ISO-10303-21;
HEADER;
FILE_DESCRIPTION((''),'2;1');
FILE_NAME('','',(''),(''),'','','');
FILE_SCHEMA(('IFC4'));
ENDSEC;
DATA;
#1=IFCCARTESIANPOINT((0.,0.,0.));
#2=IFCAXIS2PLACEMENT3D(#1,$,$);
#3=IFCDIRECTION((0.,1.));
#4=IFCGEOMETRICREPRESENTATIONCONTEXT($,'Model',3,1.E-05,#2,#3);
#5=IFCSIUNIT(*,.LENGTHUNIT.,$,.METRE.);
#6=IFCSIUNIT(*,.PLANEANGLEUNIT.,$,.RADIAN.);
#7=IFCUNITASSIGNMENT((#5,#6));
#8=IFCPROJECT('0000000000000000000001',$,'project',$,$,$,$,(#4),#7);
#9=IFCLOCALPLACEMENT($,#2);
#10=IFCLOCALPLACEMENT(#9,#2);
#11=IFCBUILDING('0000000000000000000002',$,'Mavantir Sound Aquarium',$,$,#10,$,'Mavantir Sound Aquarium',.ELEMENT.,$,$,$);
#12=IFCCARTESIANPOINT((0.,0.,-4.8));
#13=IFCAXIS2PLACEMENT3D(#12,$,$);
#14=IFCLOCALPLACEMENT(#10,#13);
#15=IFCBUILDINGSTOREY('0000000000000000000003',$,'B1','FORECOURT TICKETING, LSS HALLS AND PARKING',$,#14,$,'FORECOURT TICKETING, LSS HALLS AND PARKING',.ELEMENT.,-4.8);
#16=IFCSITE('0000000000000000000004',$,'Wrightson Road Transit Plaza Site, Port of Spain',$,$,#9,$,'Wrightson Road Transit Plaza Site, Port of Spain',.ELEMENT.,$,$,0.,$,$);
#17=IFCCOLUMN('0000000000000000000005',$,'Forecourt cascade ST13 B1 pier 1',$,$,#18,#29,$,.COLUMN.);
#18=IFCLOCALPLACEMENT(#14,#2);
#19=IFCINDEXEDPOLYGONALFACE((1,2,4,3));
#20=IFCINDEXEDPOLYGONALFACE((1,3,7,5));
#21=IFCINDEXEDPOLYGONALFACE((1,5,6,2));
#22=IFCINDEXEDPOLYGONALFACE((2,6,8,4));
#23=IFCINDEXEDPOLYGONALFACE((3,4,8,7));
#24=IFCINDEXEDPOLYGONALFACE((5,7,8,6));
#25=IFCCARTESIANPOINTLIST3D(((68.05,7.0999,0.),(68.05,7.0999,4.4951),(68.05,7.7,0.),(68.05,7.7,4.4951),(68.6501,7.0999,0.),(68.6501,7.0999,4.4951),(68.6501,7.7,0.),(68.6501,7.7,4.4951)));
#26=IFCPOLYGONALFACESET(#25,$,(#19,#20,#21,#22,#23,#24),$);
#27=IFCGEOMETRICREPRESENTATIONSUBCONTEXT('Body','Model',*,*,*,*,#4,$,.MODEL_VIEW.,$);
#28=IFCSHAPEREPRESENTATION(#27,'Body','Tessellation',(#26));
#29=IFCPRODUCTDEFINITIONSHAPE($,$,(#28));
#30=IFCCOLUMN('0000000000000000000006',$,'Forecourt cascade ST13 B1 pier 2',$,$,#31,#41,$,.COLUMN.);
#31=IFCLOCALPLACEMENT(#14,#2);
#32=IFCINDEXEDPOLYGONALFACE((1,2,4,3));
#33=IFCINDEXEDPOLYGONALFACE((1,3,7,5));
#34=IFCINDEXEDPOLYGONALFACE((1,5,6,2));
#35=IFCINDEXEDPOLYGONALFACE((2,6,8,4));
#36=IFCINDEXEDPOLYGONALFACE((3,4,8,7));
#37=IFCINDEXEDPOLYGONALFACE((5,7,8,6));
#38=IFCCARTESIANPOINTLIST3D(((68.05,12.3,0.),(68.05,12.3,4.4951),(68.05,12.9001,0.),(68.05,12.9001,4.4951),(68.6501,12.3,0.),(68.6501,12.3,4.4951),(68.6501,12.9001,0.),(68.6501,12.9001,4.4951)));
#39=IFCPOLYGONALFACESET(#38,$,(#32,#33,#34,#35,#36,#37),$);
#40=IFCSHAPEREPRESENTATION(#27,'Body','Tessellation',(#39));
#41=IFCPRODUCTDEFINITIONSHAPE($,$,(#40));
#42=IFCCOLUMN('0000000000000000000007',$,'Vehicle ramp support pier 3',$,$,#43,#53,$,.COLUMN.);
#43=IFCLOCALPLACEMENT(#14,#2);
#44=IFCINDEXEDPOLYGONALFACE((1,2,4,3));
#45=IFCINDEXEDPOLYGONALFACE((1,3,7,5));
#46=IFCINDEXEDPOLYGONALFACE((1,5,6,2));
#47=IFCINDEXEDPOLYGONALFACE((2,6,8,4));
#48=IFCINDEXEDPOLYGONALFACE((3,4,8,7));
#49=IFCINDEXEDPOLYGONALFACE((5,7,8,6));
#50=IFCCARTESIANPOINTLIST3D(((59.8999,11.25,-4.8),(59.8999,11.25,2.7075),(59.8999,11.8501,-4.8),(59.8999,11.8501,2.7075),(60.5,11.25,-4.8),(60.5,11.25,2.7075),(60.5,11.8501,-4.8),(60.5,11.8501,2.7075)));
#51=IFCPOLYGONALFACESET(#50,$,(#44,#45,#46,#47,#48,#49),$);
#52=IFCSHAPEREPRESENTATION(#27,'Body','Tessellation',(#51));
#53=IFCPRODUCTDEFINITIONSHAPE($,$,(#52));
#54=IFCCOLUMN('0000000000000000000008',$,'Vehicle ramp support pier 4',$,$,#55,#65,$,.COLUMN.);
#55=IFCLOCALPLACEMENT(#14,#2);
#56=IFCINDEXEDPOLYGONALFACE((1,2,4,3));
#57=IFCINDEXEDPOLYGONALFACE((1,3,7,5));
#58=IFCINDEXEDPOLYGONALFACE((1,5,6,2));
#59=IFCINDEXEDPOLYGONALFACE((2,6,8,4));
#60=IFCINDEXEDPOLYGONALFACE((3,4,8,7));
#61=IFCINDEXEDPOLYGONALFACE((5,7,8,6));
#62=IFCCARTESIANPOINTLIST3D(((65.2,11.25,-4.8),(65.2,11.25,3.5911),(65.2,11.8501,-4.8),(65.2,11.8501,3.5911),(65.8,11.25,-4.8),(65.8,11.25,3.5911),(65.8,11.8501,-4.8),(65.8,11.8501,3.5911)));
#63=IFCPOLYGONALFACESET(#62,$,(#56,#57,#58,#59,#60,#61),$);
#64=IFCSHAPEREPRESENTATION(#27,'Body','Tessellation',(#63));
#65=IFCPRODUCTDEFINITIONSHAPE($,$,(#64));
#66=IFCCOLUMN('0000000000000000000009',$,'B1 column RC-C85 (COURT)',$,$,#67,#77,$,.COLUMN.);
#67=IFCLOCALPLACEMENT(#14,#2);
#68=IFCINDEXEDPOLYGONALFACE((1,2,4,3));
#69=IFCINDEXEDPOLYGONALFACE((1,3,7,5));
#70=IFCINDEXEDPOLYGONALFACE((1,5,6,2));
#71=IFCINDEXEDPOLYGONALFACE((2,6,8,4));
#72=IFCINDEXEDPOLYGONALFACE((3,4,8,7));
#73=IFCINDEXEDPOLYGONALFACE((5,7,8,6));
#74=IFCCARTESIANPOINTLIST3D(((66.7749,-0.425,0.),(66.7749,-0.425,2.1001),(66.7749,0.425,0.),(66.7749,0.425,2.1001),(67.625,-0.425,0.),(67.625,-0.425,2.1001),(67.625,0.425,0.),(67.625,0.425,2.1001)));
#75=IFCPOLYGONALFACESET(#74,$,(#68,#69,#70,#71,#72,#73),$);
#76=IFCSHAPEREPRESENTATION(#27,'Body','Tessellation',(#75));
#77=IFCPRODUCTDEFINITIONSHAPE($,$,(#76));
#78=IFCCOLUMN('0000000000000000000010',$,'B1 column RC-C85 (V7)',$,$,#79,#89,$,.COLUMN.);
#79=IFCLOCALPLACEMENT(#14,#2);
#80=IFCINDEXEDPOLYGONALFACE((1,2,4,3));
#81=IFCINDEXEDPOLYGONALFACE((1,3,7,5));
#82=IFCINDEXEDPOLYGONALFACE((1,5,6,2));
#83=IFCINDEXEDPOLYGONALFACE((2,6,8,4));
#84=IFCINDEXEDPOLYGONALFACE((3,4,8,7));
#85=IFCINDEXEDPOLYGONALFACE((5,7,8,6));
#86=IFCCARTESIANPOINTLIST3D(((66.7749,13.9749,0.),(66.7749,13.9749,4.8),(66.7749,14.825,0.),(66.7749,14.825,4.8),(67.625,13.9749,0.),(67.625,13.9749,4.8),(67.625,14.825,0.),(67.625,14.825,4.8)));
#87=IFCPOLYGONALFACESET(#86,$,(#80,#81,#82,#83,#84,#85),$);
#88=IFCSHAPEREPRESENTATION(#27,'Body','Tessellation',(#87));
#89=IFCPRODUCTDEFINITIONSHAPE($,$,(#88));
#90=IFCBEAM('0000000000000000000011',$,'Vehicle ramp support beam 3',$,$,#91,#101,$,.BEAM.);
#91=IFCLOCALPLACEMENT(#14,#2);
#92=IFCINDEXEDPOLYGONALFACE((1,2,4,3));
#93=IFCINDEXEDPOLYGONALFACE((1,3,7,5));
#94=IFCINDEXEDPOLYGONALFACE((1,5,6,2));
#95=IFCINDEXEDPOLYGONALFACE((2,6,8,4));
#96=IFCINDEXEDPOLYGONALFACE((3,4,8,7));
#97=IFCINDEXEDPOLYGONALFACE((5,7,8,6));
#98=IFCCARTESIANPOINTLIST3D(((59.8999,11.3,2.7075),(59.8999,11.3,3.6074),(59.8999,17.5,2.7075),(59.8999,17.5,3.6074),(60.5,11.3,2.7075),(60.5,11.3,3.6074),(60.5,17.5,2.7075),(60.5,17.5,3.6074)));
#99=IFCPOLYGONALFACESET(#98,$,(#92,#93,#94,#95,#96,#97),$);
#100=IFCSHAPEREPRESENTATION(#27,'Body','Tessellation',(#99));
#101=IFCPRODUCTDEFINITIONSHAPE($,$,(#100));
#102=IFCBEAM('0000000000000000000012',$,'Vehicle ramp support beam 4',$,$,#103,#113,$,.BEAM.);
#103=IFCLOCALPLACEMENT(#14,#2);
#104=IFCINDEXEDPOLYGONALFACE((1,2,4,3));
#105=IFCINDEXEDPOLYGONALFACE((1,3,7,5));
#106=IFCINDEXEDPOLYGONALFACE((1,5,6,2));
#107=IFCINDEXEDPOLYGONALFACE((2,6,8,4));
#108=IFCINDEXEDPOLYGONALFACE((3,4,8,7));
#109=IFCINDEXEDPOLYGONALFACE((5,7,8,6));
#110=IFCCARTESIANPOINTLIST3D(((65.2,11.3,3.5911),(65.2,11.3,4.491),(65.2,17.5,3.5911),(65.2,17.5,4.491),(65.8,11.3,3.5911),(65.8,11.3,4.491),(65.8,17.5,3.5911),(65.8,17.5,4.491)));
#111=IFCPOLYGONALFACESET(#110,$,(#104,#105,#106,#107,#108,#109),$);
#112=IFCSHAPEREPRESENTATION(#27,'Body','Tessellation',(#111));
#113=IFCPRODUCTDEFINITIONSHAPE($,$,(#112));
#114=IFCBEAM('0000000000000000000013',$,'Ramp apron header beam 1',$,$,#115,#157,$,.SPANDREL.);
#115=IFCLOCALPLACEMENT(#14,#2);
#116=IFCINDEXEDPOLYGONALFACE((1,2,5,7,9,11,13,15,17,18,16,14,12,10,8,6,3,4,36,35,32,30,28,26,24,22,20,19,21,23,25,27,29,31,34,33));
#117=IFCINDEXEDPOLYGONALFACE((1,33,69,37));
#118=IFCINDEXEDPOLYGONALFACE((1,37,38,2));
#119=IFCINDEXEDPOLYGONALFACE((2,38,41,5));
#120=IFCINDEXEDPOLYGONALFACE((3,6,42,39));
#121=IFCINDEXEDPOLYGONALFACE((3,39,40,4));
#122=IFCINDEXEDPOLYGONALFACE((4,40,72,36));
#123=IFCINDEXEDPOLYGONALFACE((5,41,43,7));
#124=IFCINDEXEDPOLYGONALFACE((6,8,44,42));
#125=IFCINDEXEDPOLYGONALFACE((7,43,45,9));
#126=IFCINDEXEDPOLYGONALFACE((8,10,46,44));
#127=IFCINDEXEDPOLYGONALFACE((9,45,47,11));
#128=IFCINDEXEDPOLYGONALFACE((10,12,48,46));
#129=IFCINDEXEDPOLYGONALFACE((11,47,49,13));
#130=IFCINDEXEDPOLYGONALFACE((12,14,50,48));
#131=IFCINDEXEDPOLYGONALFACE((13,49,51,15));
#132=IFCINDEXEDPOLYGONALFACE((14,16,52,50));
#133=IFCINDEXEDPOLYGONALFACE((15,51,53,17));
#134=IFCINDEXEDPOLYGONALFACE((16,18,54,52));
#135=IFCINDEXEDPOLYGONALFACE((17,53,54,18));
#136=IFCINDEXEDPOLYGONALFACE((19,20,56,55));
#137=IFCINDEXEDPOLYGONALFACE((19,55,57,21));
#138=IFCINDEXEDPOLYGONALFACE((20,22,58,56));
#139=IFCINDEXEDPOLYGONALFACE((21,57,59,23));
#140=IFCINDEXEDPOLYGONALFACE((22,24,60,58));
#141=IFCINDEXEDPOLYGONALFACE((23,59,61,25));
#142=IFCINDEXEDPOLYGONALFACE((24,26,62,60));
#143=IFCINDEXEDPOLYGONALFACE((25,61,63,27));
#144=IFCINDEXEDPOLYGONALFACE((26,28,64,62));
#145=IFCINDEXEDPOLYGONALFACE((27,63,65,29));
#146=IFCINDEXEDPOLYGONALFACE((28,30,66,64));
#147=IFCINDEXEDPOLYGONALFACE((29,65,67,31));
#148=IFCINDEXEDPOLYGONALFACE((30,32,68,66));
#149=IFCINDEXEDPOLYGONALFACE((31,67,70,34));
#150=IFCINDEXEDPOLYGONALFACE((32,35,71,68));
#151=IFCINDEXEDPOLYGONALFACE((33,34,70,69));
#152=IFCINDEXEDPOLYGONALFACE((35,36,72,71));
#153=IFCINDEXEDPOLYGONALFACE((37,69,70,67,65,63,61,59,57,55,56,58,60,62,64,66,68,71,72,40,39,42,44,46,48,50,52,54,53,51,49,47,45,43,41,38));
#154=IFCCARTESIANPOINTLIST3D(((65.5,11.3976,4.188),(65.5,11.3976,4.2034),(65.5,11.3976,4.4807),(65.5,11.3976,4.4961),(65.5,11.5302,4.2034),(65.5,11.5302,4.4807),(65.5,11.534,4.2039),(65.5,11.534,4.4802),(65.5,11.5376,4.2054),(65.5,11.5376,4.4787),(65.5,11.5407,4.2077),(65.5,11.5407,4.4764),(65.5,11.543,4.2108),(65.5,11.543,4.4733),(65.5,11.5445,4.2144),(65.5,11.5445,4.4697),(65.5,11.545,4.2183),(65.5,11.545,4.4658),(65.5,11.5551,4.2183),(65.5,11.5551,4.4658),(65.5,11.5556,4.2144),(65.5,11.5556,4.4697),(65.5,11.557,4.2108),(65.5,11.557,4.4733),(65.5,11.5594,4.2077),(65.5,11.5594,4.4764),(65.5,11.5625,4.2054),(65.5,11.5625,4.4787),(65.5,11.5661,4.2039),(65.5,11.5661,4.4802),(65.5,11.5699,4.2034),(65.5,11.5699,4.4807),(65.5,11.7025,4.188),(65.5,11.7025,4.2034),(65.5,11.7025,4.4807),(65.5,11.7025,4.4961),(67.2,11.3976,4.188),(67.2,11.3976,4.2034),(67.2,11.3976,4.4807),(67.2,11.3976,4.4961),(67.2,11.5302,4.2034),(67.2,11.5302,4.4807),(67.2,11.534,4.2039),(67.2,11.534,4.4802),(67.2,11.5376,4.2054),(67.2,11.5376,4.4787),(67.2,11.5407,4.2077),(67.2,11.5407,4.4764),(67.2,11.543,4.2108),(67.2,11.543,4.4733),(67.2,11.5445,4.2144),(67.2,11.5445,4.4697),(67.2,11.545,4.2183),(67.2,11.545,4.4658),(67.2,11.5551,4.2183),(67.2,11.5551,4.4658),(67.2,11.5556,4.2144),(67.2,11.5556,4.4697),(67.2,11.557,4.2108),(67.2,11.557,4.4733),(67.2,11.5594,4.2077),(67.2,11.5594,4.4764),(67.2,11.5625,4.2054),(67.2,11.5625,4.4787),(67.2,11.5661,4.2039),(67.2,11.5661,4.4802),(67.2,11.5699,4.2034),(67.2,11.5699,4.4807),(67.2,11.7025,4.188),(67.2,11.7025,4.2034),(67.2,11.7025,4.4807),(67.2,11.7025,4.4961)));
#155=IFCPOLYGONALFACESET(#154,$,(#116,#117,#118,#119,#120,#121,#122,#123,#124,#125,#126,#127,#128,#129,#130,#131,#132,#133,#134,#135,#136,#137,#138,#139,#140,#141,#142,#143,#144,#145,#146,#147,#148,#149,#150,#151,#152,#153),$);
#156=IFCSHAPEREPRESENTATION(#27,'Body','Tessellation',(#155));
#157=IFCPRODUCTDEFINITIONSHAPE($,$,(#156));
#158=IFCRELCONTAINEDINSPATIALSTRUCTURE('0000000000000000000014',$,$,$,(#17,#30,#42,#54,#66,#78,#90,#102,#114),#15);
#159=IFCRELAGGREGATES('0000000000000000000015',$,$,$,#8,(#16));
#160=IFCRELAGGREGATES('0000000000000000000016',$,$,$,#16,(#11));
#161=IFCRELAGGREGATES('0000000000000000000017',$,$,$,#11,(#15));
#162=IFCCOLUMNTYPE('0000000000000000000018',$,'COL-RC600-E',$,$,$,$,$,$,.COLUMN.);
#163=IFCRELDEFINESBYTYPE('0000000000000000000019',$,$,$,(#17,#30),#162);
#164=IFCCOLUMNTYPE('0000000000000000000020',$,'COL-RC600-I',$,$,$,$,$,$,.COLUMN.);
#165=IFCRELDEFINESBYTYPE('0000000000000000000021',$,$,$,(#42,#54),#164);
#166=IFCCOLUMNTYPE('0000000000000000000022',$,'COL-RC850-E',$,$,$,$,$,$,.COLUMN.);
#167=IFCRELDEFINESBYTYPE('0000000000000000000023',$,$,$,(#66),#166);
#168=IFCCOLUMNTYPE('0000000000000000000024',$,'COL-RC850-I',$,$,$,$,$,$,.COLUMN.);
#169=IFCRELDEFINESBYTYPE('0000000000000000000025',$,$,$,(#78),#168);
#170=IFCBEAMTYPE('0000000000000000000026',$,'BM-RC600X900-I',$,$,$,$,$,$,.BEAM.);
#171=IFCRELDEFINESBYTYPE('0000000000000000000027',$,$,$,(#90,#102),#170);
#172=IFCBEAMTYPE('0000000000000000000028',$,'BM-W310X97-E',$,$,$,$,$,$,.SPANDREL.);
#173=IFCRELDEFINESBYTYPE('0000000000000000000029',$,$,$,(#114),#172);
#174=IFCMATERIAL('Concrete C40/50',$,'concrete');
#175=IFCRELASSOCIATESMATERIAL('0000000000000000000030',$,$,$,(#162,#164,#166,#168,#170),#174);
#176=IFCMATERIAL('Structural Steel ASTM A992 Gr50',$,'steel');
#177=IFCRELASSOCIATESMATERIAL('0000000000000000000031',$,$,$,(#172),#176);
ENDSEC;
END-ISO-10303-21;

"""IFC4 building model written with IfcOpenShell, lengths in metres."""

from ifc_helpers import new_model, si_unit, direction, frame, origin, origin_2d, place, context, subcontext, project, spatial, rectangle, i_section, extrude, material, material_profile, profile_set, type_object, element, save


model = new_model("IFC4")

# Units and contexts
model_context = context("Model", 3, precision=1e-05, world=origin(), true_north=direction((0.0, 1.0)))
body_context = subcontext(model_context, "Body", "Model", "MODEL_VIEW")
ifc_project = project(units=[si_unit("LENGTHUNIT", "METRE"), si_unit("PLANEANGLEUNIT", "RADIAN")], contexts=[model_context])

# Site, building, storey
site_placement = place(None, origin())
site = spatial("IfcSite", under=ifc_project, at=site_placement, Name="Wrightson Road Transit Plaza Site, Port of Spain", LongName="Wrightson Road Transit Plaza Site, Port of Spain", CompositionType="ELEMENT", RefElevation=0.0)
building_placement = place(site_placement, origin())
building = spatial("IfcBuilding", under=site, at=building_placement, Name="Mavantir Sound Aquarium", LongName="Mavantir Sound Aquarium", CompositionType="ELEMENT")
storey_placement = place(building_placement, frame((0.0, 0.0, -4.8)))
storey = spatial("IfcBuildingStorey", under=building, at=storey_placement, Name="B1", Description="FORECOURT TICKETING, LSS HALLS AND PARKING", LongName="FORECOURT TICKETING, LSS HALLS AND PARKING", CompositionType="ELEMENT", Elevation=-4.8)

# Columns
ifc_material_1 = material(Name="Concrete C40/50", Category="concrete")
ifc_material_profile_1 = material_profile(ifc_material_1, rectangle(XDim=0.6001, YDim=0.6001, at=origin_2d()), Name="RC 600X600")
ifc_profile_set_1 = profile_set([ifc_material_profile_1], Name="Concrete C40/50")
column_type_1 = type_object("IfcColumnType", Name="COL-RC600-E", PredefinedType="COLUMN", material=ifc_profile_set_1)
for number, where, z_axis, x_axis, name in (
    (1, (68.3501, 7.3999, 0.0), (0.0, 0.0, 1.0), (1.0, 0.0, 0.0), "Forecourt cascade ST13 B1 pier 1"),
    (2, (68.3501, 12.6001, 0.0), (0.0, 0.0, 1.0), (1.0, 0.0, 0.0), "Forecourt cascade ST13 B1 pier 2"),
):
    element("IfcColumn", number, at=place(storey_placement, frame(where, z_axis=z_axis, x_axis=x_axis)), inside=storey, type_object=column_type_1, Name=name, PredefinedType="COLUMN", context=body_context, shape_type="SweptSolid", body=[
        extrude(rectangle(XDim=0.6001, YDim=0.6001, at=origin_2d()), origin(), (0.0, 0.0, 1.0), 4.4951),
    ])
ifc_material_profile_2 = material_profile(ifc_material_1, rectangle(XDim=0.6001, YDim=0.6001, at=origin_2d()), Name="RC 600X600")
ifc_profile_set_2 = profile_set([ifc_material_profile_2], Name="Concrete C40/50")
column_type_2 = type_object("IfcColumnType", Name="COL-RC600-I", PredefinedType="COLUMN", material=ifc_profile_set_2)
column_1_placement = place(storey_placement, frame((60.2, 11.55, -4.8), z_axis=(0.0, 0.0, 1.0), x_axis=(1.0, 0.0, 0.0)))
element("IfcColumn", 3, at=column_1_placement, inside=storey, type_object=column_type_2, Name="Vehicle ramp support pier 3", PredefinedType="COLUMN", context=body_context, shape_type="SweptSolid", body=[
    extrude(rectangle(XDim=0.6001, YDim=0.6001, at=origin_2d()), origin(), (0.0, 0.0, 1.0), 7.5076),
])
column_2_placement = place(storey_placement, frame((65.5, 11.55, -4.8), z_axis=(0.0, 0.0, 1.0), x_axis=(1.0, 0.0, 0.0)))
element("IfcColumn", 4, at=column_2_placement, inside=storey, type_object=column_type_2, Name="Vehicle ramp support pier 4", PredefinedType="COLUMN", context=body_context, shape_type="SweptSolid", body=[
    extrude(rectangle(XDim=0.6001, YDim=0.6001, at=origin_2d()), origin(), (0.0, 0.0, 1.0), 8.3911),
])
ifc_material_profile_3 = material_profile(ifc_material_1, rectangle(XDim=0.8501, YDim=0.8501, at=origin_2d()), Name="RC 850X850")
ifc_profile_set_3 = profile_set([ifc_material_profile_3], Name="Concrete C40/50")
column_type_3 = type_object("IfcColumnType", Name="COL-RC850-E", PredefinedType="COLUMN", material=ifc_profile_set_3)
column_3_placement = place(storey_placement, frame((67.2, 0.0, 0.0), z_axis=(0.0, 0.0, 1.0), x_axis=(1.0, 0.0, 0.0)))
element("IfcColumn", 5, at=column_3_placement, inside=storey, type_object=column_type_3, Name="B1 column RC-C85 (COURT)", PredefinedType="COLUMN", context=body_context, shape_type="SweptSolid", body=[
    extrude(rectangle(XDim=0.8501, YDim=0.8501, at=origin_2d()), origin(), (0.0, 0.0, 1.0), 2.1001),
])
ifc_material_profile_4 = material_profile(ifc_material_1, rectangle(XDim=0.8501, YDim=0.8501, at=origin_2d()), Name="RC 850X850")
ifc_profile_set_4 = profile_set([ifc_material_profile_4], Name="Concrete C40/50")
column_type_4 = type_object("IfcColumnType", Name="COL-RC850-I", PredefinedType="COLUMN", material=ifc_profile_set_4)
column_4_placement = place(storey_placement, frame((67.2, 14.3999, 0.0), z_axis=(0.0, 0.0, 1.0), x_axis=(1.0, 0.0, 0.0)))
element("IfcColumn", 6, at=column_4_placement, inside=storey, type_object=column_type_4, Name="B1 column RC-C85 (V7)", PredefinedType="COLUMN", context=body_context, shape_type="SweptSolid", body=[
    extrude(rectangle(XDim=0.8501, YDim=0.8501, at=origin_2d()), origin(), (0.0, 0.0, 1.0), 4.8),
])

# Beams
ifc_material_profile_5 = material_profile(ifc_material_1, rectangle(XDim=0.6001, YDim=0.8999, at=origin_2d()), Name="RC 600X900")
ifc_profile_set_5 = profile_set([ifc_material_profile_5], Name="Concrete C40/50")
beam_type_1 = type_object("IfcBeamType", Name="BM-RC600X900-I", PredefinedType="BEAM", material=ifc_profile_set_5)
for number, where, z_axis, x_axis, name in (
    (7, (60.2, 11.3, 3.1575), (0.0, 1.0, 0.0), (-1.0, 0.0, 0.0), "Vehicle ramp support beam 3"),
    (8, (65.5, 11.3, 4.041), (0.0, 1.0, 0.0), (-1.0, 0.0, 0.0), "Vehicle ramp support beam 4"),
):
    element("IfcBeam", number, at=place(storey_placement, frame(where, z_axis=z_axis, x_axis=x_axis)), inside=storey, type_object=beam_type_1, Name=name, PredefinedType="BEAM", context=body_context, shape_type="SweptSolid", body=[
        extrude(rectangle(XDim=0.6001, YDim=0.8999, at=origin_2d()), origin(), (0.0, 0.0, 1.0), 6.2),
    ])
ifc_material_2 = material(Name="Structural Steel ASTM A992 Gr50", Category="steel")
ifc_material_profile_6 = material_profile(ifc_material_2, i_section(OverallWidth=0.3049, OverallDepth=0.3081, WebThickness=0.01, FlangeThickness=0.0154, FilletRadius=0.0149, at=origin_2d()), Name="W310X97")
ifc_profile_set_6 = profile_set([ifc_material_profile_6], Name="Structural Steel ASTM A992 Gr50")
beam_type_2 = type_object("IfcBeamType", Name="BM-W310X97-E", PredefinedType="SPANDREL", material=ifc_profile_set_6)
beam_1_placement = place(storey_placement, frame((65.5, 11.55, 4.342), z_axis=(1.0, 0.0, 0.0), x_axis=(0.0, 1.0, 0.0)))
element("IfcBeam", 9, at=beam_1_placement, inside=storey, type_object=beam_type_2, Name="Ramp apron header beam 1", PredefinedType="SPANDREL", context=body_context, shape_type="SweptSolid", body=[
    extrude(i_section(OverallWidth=0.3049, OverallDepth=0.3081, WebThickness=0.01, FlangeThickness=0.0154, FilletRadius=0.0149, at=origin_2d()), origin(), (0.0, 0.0, 1.0), 1.7),
])

save(model, "model.ifc")
